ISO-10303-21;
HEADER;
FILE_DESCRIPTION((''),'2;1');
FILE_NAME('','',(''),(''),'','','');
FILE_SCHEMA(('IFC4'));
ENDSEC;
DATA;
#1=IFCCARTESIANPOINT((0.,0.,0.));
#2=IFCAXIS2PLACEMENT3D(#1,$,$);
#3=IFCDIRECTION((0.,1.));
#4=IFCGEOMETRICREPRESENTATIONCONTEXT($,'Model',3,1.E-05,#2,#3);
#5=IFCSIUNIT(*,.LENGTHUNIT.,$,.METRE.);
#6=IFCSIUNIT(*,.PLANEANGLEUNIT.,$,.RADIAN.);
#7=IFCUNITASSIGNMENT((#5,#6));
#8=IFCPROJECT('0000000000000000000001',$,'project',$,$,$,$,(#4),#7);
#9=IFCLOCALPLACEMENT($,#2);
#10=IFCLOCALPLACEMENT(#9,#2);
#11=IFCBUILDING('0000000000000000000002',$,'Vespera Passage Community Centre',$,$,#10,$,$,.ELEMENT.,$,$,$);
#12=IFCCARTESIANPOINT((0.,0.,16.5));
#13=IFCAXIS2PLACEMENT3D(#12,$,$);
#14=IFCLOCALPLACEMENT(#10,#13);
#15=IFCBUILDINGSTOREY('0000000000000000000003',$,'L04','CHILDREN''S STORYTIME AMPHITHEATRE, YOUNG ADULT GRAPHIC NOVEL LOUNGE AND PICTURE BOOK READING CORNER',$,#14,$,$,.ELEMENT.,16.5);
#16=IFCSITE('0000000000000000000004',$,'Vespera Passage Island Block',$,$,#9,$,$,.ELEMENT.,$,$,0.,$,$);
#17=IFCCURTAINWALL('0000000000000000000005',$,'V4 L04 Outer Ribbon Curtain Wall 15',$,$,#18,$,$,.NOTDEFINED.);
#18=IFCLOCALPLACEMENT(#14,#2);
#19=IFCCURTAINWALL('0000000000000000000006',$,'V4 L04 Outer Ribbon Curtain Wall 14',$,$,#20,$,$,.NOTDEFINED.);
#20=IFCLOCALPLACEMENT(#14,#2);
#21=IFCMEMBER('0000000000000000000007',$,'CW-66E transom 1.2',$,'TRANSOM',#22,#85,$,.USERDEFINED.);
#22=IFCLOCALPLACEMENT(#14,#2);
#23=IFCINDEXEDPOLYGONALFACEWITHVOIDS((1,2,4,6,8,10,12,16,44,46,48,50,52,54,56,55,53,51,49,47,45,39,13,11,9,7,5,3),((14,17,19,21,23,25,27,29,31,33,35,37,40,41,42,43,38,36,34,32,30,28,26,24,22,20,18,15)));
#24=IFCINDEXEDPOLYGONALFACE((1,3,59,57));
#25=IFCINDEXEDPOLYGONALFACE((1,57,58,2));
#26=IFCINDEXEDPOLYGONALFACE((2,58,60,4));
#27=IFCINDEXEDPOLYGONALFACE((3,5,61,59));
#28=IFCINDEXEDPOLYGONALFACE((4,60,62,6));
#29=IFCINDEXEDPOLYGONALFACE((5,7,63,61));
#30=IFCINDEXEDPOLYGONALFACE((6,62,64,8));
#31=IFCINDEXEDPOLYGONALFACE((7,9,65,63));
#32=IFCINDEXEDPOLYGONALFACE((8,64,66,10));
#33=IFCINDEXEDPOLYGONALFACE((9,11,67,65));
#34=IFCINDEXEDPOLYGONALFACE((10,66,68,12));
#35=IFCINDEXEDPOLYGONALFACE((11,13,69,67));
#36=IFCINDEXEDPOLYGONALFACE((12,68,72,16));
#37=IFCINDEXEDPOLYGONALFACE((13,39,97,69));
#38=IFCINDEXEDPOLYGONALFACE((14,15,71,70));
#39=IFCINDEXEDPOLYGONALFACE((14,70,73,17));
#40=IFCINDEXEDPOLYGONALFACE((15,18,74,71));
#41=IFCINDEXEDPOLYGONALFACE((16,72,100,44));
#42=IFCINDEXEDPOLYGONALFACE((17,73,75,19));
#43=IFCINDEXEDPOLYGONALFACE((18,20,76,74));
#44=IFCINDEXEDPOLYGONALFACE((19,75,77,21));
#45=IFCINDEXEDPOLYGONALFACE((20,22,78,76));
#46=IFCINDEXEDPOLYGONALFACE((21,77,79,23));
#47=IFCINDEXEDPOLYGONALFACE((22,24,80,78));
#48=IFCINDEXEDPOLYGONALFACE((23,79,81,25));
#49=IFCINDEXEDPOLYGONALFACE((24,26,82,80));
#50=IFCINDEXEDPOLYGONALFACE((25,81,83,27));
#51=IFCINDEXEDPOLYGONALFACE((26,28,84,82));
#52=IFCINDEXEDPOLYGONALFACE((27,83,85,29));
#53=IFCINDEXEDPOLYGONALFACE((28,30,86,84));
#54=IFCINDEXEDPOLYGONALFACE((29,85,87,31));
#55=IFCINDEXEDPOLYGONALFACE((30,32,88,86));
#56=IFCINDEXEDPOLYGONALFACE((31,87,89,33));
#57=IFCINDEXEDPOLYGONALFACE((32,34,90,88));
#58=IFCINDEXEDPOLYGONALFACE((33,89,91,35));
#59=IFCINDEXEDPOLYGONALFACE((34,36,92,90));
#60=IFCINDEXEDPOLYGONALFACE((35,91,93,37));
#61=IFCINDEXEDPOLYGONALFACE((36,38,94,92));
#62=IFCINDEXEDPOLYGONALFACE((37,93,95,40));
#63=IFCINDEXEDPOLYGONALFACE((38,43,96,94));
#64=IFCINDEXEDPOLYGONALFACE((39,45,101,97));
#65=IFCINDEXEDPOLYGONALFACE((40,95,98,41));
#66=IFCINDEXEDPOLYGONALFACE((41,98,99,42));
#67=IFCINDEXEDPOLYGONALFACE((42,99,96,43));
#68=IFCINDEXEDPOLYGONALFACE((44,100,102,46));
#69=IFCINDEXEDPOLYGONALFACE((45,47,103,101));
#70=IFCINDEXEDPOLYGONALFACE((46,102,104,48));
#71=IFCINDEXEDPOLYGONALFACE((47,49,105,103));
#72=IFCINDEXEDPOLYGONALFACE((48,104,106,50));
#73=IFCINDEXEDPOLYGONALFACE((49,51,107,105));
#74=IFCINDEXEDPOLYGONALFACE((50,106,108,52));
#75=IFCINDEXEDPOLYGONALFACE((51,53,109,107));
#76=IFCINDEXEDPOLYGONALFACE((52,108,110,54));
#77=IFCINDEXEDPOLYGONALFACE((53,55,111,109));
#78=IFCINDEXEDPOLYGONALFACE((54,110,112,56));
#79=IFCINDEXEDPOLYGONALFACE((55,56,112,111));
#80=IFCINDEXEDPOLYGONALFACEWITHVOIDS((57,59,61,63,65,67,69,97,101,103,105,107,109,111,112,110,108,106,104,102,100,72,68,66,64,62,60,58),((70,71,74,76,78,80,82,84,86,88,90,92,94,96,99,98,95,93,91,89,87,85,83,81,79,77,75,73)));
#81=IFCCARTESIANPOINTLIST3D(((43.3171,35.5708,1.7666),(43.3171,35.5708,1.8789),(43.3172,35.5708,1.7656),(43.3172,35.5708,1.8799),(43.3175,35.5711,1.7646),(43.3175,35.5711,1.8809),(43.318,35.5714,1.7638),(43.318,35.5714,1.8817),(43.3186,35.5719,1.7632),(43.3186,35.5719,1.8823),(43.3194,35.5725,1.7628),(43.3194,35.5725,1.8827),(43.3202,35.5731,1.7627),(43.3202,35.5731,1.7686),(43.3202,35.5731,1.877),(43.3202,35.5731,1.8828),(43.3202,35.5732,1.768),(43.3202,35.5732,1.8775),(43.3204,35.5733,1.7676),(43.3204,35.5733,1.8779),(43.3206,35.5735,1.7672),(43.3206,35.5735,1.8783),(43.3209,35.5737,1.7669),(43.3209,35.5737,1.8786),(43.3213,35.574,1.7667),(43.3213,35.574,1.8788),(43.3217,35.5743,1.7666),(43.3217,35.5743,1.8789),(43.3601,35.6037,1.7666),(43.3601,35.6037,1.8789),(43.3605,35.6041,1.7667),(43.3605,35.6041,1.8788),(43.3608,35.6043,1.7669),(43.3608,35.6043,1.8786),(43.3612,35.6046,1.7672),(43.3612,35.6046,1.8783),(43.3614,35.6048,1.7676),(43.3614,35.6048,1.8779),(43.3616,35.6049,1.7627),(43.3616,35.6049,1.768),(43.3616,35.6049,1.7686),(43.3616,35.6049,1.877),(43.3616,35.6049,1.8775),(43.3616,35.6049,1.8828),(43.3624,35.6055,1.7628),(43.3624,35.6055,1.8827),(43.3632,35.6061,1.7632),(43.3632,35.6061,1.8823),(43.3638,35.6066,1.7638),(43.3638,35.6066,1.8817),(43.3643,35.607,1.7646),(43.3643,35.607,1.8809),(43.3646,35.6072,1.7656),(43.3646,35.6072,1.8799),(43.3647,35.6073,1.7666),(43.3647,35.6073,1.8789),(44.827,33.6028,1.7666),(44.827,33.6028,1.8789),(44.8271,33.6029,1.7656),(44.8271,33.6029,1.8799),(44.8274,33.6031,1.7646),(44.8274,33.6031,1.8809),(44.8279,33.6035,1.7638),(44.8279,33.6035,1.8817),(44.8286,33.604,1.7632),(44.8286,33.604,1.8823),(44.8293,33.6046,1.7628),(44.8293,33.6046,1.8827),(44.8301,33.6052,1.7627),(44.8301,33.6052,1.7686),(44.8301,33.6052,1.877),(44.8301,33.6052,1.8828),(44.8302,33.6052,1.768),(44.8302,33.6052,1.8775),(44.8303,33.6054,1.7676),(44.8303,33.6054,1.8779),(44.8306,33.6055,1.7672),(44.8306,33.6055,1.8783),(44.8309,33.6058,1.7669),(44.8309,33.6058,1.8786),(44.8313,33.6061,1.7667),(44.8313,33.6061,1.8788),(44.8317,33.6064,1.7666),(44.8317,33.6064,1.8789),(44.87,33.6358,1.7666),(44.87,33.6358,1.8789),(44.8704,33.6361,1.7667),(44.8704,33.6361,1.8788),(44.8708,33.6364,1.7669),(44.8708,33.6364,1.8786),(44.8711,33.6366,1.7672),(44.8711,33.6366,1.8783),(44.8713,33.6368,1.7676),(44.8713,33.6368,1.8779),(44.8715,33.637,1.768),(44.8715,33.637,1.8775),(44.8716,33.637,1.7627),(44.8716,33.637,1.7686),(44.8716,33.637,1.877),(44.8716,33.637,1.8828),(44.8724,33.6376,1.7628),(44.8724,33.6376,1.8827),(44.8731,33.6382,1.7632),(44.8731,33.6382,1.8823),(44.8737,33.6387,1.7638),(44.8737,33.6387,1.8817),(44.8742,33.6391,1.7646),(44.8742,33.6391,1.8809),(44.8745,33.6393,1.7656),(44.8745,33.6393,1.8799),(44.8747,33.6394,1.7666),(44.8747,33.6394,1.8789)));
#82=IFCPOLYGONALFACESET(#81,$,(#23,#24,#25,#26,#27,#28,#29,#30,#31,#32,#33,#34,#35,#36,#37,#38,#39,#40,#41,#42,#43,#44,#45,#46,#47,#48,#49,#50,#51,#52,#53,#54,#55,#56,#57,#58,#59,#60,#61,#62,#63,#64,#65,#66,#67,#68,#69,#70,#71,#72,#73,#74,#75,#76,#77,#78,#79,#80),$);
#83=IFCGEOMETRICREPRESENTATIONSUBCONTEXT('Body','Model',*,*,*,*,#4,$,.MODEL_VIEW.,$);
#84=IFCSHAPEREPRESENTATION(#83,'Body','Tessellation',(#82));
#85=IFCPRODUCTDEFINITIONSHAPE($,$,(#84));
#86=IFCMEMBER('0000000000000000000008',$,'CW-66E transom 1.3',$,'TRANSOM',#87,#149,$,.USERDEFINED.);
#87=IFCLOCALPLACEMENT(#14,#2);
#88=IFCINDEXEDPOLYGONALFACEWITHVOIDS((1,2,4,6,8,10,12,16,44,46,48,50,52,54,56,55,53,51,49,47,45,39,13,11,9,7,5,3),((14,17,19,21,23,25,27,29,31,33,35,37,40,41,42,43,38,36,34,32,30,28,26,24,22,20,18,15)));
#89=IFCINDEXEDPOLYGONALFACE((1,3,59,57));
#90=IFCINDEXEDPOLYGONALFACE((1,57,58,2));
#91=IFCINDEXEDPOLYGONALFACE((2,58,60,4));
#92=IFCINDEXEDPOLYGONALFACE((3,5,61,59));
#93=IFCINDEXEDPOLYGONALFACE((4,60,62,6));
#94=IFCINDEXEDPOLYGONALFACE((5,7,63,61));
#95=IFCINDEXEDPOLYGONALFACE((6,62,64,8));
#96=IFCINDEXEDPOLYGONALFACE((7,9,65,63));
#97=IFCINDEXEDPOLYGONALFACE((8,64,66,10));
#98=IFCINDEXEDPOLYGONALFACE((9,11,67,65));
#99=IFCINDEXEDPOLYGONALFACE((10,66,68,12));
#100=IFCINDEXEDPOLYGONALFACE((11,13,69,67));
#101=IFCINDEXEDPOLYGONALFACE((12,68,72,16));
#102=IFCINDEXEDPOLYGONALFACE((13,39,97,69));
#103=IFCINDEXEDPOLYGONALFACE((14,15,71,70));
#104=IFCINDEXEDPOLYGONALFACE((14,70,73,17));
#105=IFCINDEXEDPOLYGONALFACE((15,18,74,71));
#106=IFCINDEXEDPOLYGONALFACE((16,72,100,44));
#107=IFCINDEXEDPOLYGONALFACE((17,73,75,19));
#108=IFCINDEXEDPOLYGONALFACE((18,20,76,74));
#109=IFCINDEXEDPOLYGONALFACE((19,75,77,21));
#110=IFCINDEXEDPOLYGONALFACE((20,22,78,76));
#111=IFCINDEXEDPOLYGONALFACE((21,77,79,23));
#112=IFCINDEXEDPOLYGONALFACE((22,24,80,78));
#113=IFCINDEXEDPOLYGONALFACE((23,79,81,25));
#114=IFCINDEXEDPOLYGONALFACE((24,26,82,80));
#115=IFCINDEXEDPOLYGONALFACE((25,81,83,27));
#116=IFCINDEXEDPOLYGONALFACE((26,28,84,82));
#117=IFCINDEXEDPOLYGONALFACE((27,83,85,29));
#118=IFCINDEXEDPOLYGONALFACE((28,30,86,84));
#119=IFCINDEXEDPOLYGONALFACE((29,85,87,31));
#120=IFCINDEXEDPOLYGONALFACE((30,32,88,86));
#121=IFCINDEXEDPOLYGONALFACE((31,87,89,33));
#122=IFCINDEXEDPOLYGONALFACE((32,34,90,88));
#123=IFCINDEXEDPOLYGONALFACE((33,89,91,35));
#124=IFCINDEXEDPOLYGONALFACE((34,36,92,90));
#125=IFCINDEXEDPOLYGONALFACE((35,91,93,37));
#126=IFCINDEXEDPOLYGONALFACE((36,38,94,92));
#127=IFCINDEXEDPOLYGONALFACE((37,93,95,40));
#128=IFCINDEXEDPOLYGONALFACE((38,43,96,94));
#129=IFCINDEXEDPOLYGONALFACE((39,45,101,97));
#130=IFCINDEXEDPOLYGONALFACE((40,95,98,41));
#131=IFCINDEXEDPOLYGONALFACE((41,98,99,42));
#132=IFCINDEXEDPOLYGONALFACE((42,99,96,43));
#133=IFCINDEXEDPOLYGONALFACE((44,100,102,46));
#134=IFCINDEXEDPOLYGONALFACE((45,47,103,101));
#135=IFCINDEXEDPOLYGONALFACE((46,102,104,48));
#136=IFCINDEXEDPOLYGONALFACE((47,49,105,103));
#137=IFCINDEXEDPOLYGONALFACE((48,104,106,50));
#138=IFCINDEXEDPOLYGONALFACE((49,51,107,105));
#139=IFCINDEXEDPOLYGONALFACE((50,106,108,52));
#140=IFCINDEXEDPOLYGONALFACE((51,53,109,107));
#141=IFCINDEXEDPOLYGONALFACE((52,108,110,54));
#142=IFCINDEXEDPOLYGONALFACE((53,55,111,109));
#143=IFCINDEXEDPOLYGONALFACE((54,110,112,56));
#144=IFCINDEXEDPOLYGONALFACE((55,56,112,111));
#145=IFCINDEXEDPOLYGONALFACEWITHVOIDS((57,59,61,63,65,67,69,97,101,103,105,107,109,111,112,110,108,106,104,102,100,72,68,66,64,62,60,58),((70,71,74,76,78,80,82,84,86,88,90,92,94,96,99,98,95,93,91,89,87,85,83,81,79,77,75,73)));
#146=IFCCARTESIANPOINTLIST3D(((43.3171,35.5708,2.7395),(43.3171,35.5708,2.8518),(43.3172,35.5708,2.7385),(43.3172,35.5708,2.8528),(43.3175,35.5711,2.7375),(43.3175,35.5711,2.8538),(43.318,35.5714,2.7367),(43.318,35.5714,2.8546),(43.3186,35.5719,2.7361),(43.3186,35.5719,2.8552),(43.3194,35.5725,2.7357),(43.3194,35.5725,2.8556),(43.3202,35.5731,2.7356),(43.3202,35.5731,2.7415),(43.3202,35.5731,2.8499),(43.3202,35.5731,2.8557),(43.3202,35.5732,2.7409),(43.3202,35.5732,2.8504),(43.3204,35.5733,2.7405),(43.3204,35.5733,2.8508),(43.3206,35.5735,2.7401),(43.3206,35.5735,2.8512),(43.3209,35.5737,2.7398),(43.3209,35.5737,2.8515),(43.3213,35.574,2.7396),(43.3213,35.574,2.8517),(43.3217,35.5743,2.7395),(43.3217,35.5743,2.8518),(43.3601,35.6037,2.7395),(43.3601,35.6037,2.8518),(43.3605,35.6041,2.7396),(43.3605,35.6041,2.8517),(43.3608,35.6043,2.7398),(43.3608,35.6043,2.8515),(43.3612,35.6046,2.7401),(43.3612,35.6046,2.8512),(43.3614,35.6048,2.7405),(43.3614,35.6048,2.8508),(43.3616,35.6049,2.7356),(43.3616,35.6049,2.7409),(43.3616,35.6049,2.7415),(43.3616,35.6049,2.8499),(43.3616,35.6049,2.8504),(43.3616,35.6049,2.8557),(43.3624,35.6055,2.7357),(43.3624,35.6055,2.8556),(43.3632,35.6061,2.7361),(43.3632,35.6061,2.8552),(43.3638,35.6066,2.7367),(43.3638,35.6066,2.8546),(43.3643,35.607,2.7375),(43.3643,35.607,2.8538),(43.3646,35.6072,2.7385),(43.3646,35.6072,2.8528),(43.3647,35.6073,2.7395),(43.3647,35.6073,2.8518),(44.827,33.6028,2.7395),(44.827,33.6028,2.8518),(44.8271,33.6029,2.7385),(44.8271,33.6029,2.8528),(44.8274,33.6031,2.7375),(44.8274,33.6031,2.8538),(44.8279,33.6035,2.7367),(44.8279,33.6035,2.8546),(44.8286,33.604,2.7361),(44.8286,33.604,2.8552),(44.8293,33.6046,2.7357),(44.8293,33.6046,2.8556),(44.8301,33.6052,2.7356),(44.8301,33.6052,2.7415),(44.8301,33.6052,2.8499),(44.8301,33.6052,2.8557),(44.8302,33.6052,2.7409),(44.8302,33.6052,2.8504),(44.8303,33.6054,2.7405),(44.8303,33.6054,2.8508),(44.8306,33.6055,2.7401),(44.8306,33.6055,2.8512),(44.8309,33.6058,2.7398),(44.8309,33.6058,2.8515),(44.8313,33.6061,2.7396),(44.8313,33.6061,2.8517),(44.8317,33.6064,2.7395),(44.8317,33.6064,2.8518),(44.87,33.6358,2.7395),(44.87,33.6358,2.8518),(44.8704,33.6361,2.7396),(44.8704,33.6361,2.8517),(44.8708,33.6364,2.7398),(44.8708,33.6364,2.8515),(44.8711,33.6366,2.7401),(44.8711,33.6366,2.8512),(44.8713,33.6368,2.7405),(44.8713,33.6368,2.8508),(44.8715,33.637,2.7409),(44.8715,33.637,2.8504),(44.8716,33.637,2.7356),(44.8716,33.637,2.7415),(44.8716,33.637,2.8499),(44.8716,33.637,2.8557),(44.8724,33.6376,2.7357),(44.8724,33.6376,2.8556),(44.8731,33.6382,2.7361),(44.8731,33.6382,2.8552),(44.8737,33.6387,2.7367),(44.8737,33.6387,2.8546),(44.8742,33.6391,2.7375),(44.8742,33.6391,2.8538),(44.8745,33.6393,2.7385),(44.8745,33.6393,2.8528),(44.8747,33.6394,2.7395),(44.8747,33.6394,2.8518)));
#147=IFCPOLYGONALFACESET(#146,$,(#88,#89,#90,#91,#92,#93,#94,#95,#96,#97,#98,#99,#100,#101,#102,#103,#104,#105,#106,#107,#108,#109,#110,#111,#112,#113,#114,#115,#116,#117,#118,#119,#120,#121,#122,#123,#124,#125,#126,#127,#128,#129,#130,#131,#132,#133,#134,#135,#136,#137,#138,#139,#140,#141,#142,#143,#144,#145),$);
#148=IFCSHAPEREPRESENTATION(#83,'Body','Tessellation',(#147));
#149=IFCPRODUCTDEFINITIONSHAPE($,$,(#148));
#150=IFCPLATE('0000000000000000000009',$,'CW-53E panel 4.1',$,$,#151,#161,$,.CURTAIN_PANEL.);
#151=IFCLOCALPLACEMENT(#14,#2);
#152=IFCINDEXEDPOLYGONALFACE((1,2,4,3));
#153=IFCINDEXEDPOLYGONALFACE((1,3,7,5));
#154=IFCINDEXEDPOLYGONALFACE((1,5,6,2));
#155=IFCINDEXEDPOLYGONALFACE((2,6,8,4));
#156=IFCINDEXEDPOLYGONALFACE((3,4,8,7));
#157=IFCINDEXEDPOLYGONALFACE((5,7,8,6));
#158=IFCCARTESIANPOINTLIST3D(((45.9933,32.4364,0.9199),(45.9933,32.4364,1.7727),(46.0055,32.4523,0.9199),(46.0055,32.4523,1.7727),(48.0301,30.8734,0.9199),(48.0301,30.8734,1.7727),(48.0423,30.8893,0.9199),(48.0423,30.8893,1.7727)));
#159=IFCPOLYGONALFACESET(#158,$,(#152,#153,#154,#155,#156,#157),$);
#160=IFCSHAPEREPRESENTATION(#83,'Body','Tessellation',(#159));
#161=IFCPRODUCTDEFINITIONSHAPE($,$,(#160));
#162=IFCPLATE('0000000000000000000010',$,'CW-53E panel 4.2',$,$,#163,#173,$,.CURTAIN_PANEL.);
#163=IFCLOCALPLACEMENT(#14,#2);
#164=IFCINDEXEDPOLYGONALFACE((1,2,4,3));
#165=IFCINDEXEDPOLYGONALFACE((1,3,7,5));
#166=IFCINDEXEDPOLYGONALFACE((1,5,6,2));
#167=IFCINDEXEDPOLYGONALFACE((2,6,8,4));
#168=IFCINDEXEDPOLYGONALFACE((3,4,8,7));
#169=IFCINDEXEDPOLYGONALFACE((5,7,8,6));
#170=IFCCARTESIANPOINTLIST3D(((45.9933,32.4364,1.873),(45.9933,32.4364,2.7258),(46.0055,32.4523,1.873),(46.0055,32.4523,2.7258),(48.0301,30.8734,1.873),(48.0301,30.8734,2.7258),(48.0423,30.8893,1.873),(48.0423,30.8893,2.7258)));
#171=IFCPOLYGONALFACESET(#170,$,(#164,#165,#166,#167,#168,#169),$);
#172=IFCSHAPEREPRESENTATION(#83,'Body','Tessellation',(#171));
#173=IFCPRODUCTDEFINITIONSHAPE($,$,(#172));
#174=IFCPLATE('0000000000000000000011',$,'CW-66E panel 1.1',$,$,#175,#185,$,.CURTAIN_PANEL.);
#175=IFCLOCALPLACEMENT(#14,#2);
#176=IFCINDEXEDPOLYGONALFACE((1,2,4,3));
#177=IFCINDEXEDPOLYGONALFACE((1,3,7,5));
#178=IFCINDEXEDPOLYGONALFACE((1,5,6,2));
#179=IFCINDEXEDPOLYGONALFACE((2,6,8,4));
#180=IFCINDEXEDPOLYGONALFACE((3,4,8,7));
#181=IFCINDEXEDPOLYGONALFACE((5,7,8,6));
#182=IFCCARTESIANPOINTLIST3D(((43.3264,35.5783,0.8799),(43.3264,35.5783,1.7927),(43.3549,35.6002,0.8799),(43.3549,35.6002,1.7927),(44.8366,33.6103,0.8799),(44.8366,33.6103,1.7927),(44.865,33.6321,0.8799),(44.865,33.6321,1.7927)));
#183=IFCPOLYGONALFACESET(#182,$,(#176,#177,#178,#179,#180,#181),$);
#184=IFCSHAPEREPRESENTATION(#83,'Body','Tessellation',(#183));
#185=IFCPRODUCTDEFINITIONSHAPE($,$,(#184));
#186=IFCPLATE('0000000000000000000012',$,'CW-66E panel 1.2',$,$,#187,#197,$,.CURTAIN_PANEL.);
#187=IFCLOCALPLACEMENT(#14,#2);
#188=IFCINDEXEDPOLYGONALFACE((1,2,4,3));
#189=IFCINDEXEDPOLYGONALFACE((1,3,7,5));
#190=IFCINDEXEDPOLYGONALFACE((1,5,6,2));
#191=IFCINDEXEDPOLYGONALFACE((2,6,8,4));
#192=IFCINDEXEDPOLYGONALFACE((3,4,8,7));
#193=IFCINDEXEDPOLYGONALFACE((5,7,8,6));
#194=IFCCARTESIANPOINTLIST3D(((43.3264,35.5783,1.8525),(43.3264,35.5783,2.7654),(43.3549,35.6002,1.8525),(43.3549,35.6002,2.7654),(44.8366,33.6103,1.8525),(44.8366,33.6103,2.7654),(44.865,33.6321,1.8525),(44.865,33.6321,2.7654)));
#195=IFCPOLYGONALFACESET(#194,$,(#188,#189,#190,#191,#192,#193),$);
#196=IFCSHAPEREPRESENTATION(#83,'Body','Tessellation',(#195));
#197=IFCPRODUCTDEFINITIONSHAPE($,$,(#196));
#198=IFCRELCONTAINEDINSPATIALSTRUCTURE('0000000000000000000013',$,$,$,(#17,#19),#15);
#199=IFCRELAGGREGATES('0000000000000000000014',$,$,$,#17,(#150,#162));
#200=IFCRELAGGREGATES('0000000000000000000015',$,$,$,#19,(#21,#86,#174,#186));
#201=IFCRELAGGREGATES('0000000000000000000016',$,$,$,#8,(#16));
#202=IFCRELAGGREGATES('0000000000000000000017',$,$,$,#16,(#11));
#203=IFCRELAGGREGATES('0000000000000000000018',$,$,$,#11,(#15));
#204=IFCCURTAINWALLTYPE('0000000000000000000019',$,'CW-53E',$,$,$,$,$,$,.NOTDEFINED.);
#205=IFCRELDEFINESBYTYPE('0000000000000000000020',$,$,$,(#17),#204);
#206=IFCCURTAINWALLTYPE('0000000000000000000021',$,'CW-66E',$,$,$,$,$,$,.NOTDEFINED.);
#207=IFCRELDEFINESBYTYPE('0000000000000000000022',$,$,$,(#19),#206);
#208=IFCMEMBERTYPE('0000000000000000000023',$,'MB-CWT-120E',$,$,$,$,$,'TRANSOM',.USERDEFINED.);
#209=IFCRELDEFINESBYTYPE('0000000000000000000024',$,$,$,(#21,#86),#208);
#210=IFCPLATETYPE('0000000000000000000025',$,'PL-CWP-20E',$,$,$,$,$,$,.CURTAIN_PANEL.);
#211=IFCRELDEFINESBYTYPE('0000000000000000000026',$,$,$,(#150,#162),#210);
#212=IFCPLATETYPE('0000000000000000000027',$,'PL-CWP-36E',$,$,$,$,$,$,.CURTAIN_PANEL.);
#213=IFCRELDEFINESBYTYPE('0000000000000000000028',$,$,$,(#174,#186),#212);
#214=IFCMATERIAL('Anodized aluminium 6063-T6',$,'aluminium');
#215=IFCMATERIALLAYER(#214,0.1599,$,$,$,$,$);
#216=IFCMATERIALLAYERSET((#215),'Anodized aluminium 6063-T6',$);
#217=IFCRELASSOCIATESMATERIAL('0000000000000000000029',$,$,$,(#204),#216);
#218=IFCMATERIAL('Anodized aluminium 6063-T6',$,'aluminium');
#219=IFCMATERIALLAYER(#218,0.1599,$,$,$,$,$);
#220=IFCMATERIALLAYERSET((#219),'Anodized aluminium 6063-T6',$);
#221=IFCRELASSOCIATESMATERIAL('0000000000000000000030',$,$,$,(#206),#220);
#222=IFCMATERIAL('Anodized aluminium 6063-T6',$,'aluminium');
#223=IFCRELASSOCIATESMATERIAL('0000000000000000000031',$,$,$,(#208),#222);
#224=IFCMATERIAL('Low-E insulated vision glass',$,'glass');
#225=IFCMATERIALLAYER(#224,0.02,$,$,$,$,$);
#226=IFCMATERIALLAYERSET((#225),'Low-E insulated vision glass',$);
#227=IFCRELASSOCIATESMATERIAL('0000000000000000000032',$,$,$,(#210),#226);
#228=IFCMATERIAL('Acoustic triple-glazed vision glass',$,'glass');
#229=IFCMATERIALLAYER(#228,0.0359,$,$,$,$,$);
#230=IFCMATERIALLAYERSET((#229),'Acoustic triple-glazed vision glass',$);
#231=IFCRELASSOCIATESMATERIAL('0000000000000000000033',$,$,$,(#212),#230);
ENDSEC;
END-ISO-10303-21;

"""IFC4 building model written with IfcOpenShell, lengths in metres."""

from ifc_helpers import new_model, si_unit, direction, frame, origin, origin_2d, place, context, subcontext, project, spatial, rectangle, hollow_rectangle, extrude, material, layer, layer_set, material_profile, profile_set, type_object, element, aggregate, save


model = new_model("IFC4")

# Units and contexts
model_context = context("Model", 3, precision=1e-05, world=origin(), true_north=direction((0.0, 1.0)))
body_context = subcontext(model_context, "Body", "Model", "MODEL_VIEW")
ifc_project = project(units=[si_unit("LENGTHUNIT", "METRE"), si_unit("PLANEANGLEUNIT", "RADIAN")], contexts=[model_context])

# Site, building, storey
site_placement = place(None, origin())
site = spatial("IfcSite", under=ifc_project, at=site_placement, Name="Vespera Passage Island Block", CompositionType="ELEMENT", RefElevation=0.0)
building_placement = place(site_placement, origin())
building = spatial("IfcBuilding", under=site, at=building_placement, Name="Vespera Passage Community Centre", CompositionType="ELEMENT")
storey_placement = place(building_placement, frame((0.0, 0.0, 16.5)))
storey = spatial("IfcBuildingStorey", under=building, at=storey_placement, Name="L04", Description="CHILDREN'S STORYTIME AMPHITHEATRE, YOUNG ADULT GRAPHIC NOVEL LOUNGE AND PICTURE BOOK READING CORNER", CompositionType="ELEMENT", Elevation=16.5)

# Curtain wall
ifc_material_1 = material(Name="Anodized aluminium 6063-T6", Category="aluminium")
ifc_layer_1 = layer(ifc_material_1, 0.1599)
ifc_layer_set_1 = layer_set([ifc_layer_1], Name="Anodized aluminium 6063-T6")
curtain_wall_type_1 = type_object("IfcCurtainWallType", Name="CW-53E", PredefinedType="NOTDEFINED", material=ifc_layer_set_1)
curtain_wall_1_placement = place(storey_placement, origin())
curtain_wall_1 = element("IfcCurtainWall", 1, at=curtain_wall_1_placement, inside=storey, type_object=curtain_wall_type_1, Name="V4 L04 Outer Ribbon Curtain Wall 15", PredefinedType="NOTDEFINED")

# Curtain wall, members
ifc_material_2 = material(Name="Anodized aluminium 6063-T6", Category="aluminium")
ifc_layer_2 = layer(ifc_material_2, 0.1599)
ifc_layer_set_2 = layer_set([ifc_layer_2], Name="Anodized aluminium 6063-T6")
curtain_wall_type_2 = type_object("IfcCurtainWallType", Name="CW-66E", PredefinedType="NOTDEFINED", material=ifc_layer_set_2)
curtain_wall_2_placement = place(storey_placement, origin())
curtain_wall_2 = element("IfcCurtainWall", 2, at=curtain_wall_2_placement, inside=storey, type_object=curtain_wall_type_2, Name="V4 L04 Outer Ribbon Curtain Wall 14", PredefinedType="NOTDEFINED")
ifc_material_3 = material(Name="Anodized aluminium 6063-T6", Category="aluminium")
ifc_material_profile_1 = material_profile(ifc_material_3, hollow_rectangle(XDim=0.0601, YDim=0.1201, WallThickness=0.0039, InnerFilletRadius=0.002, OuterFilletRadius=0.0039, at=origin_2d()), Name="ALU120X60X4")
ifc_profile_set_1 = profile_set([ifc_material_profile_1], Name="Anodized aluminium 6063-T6")
member_type_1 = type_object("IfcMemberType", Name="MB-CWT-120E", ElementType="TRANSOM", PredefinedType="USERDEFINED", material=ifc_profile_set_1)
member_1_placement = place(storey_placement, frame((44.8508, 33.6211, 1.8228), z_axis=(-0.608735, 0.793373, 0.0), x_axis=(-0.793373, -0.608735, 0.0)))
member_1 = element("IfcMember", 3, at=member_1_placement, type_object=member_type_1, Name="CW-66E transom 1.2", ObjectType="TRANSOM", PredefinedType="USERDEFINED", context=body_context, shape_type="SweptSolid", body=[
    extrude(hollow_rectangle(XDim=0.0601, YDim=0.1201, WallThickness=0.0039, InnerFilletRadius=0.002, OuterFilletRadius=0.0039, at=origin_2d()), origin(), (0.0, 0.0, 1.0), 2.4805),
])
member_2_placement = place(storey_placement, frame((44.8508, 33.6211, 2.7957), z_axis=(-0.608735, 0.793373, 0.0), x_axis=(-0.793373, -0.608735, 0.0)))
member_2 = element("IfcMember", 4, at=member_2_placement, type_object=member_type_1, Name="CW-66E transom 1.3", ObjectType="TRANSOM", PredefinedType="USERDEFINED", context=body_context, shape_type="SweptSolid", body=[
    extrude(hollow_rectangle(XDim=0.0601, YDim=0.1201, WallThickness=0.0039, InnerFilletRadius=0.002, OuterFilletRadius=0.0039, at=origin_2d()), origin(), (0.0, 0.0, 1.0), 2.4805),
])

# Plates
ifc_material_4 = material(Name="Low-E insulated vision glass", Category="glass")
ifc_layer_3 = layer(ifc_material_4, 0.02)
ifc_layer_set_3 = layer_set([ifc_layer_3], Name="Low-E insulated vision glass")
plate_type_1 = type_object("IfcPlateType", Name="PL-CWP-20E", PredefinedType="CURTAIN_PANEL", material=ifc_layer_set_3)
plate_1_placement = place(storey_placement, frame((47.0178, 31.6628, 0.9199), z_axis=(0.0, 0.0, 1.0), x_axis=(-0.793345, 0.608772, 0.0)))
plate_1 = element("IfcPlate", 5, at=plate_1_placement, type_object=plate_type_1, Name="CW-53E panel 4.1", PredefinedType="CURTAIN_PANEL", context=body_context, shape_type="SweptSolid", body=[
    extrude(rectangle(XDim=2.5674, YDim=0.02, at=origin_2d()), origin(), (0.0, 0.0, 1.0), 0.8528),
])
plate_2_placement = place(storey_placement, frame((47.0178, 31.6628, 1.873), z_axis=(0.0, 0.0, 1.0), x_axis=(-0.793345, 0.608772, 0.0)))
plate_2 = element("IfcPlate", 6, at=plate_2_placement, type_object=plate_type_1, Name="CW-53E panel 4.2", PredefinedType="CURTAIN_PANEL", context=body_context, shape_type="SweptSolid", body=[
    extrude(rectangle(XDim=2.5674, YDim=0.02, at=origin_2d()), origin(), (0.0, 0.0, 1.0), 0.8528),
])
aggregate(curtain_wall_1, [plate_1, plate_2])
ifc_material_5 = material(Name="Acoustic triple-glazed vision glass", Category="glass")
ifc_layer_4 = layer(ifc_material_5, 0.0359)
ifc_layer_set_4 = layer_set([ifc_layer_4], Name="Acoustic triple-glazed vision glass")
plate_type_2 = type_object("IfcPlateType", Name="PL-CWP-36E", PredefinedType="CURTAIN_PANEL", material=ifc_layer_set_4)
plate_3_placement = place(storey_placement, frame((44.0957, 34.6052, 0.8799), z_axis=(0.0, 0.0, 1.0), x_axis=(-0.608765, 0.79335, 0.0)))
plate_3 = element("IfcPlate", 7, at=plate_3_placement, type_object=plate_type_2, Name="CW-66E panel 1.1", PredefinedType="CURTAIN_PANEL", context=body_context, shape_type="SweptSolid", body=[
    extrude(rectangle(XDim=2.4807, YDim=0.0359, at=origin_2d()), origin(), (0.0, 0.0, 1.0), 0.9128),
])
plate_4_placement = place(storey_placement, frame((44.0957, 34.6052, 1.8525), z_axis=(0.0, 0.0, 1.0), x_axis=(-0.608765, 0.79335, 0.0)))
plate_4 = element("IfcPlate", 8, at=plate_4_placement, type_object=plate_type_2, Name="CW-66E panel 1.2", PredefinedType="CURTAIN_PANEL", context=body_context, shape_type="SweptSolid", body=[
    extrude(rectangle(XDim=2.4807, YDim=0.0359, at=origin_2d()), origin(), (0.0, 0.0, 1.0), 0.9128),
])
aggregate(curtain_wall_2, [member_1, member_2, plate_3, plate_4])

save(model, "model.ifc")
